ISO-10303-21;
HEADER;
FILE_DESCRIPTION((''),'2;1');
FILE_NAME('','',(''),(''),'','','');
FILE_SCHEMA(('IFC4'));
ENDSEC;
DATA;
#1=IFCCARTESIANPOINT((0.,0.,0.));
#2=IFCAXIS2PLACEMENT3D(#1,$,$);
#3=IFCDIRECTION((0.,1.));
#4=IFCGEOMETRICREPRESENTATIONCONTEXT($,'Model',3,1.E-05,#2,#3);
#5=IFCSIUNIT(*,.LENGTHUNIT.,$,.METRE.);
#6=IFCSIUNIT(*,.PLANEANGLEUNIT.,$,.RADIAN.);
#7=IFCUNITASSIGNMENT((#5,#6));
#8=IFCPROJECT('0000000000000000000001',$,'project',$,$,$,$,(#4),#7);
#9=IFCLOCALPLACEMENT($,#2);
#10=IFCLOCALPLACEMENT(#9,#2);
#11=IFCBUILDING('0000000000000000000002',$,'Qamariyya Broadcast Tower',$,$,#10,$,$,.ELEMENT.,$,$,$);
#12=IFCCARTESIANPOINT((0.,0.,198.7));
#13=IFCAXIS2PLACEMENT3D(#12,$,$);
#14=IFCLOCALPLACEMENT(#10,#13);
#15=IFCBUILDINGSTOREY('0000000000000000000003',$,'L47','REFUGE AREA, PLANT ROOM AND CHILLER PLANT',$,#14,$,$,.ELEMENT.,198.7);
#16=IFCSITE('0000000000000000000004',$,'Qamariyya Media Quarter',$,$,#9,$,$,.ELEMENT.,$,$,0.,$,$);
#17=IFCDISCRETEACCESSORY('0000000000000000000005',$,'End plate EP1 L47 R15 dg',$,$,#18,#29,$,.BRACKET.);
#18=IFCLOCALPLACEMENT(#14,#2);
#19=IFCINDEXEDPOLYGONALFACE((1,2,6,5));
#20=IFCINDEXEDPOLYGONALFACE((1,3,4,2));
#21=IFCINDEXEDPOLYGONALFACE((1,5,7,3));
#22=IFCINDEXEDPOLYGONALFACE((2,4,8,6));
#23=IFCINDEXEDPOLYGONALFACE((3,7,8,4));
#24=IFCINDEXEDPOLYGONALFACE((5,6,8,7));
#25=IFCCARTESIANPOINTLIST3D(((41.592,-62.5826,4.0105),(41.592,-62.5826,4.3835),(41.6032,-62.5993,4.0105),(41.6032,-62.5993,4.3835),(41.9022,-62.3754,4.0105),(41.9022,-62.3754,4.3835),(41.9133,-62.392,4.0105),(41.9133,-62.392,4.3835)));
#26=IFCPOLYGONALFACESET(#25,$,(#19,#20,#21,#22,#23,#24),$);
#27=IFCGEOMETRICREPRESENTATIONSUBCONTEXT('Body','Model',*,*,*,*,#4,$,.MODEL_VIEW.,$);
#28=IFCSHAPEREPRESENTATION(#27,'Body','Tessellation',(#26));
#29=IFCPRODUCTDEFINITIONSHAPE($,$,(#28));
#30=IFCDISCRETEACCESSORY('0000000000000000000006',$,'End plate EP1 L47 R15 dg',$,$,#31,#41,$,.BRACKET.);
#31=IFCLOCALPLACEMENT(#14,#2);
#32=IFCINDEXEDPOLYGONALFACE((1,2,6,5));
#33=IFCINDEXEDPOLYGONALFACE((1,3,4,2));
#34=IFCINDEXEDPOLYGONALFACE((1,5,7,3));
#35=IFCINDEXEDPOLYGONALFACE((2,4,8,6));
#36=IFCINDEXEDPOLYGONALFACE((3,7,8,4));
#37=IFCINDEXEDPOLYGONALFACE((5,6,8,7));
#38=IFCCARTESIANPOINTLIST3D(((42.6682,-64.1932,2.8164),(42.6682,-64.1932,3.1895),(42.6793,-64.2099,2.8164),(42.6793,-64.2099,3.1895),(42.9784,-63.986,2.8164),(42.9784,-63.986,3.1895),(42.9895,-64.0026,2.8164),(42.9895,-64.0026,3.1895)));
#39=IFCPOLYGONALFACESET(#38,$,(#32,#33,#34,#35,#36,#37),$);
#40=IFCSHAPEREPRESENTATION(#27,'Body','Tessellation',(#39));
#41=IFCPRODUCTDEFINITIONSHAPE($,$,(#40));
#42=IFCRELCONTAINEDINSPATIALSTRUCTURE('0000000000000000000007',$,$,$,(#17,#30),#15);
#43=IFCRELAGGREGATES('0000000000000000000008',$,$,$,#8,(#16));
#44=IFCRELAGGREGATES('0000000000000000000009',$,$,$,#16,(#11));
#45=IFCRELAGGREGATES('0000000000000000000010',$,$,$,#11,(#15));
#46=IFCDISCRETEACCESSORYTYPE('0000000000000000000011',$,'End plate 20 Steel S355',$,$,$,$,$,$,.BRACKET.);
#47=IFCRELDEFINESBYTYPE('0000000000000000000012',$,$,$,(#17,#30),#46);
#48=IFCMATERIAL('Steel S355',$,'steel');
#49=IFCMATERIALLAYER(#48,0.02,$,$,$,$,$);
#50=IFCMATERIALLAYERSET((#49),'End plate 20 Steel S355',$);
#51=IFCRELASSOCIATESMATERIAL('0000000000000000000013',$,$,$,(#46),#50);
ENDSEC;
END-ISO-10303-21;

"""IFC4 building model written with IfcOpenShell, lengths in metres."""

from ifc_helpers import new_model, si_unit, direction, frame, origin, origin_2d, place, context, subcontext, project, spatial, rectangle, extrude, material, layer, layer_set, type_object, element, save


model = new_model("IFC4")

# Units and contexts
model_context = context("Model", 3, precision=1e-05, world=origin(), true_north=direction((0.0, 1.0)))
body_context = subcontext(model_context, "Body", "Model", "MODEL_VIEW")
ifc_project = project(units=[si_unit("LENGTHUNIT", "METRE"), si_unit("PLANEANGLEUNIT", "RADIAN")], contexts=[model_context])

# Site, building, storey
site_placement = place(None, origin())
site = spatial("IfcSite", under=ifc_project, at=site_placement, Name="Qamariyya Media Quarter", CompositionType="ELEMENT", RefElevation=0.0)
building_placement = place(site_placement, origin())
building = spatial("IfcBuilding", under=site, at=building_placement, Name="Qamariyya Broadcast Tower", CompositionType="ELEMENT")
storey_placement = place(building_placement, frame((0.0, 0.0, 198.7)))
storey = spatial("IfcBuildingStorey", under=building, at=storey_placement, Name="L47", Description="REFUGE AREA, PLANT ROOM AND CHILLER PLANT", CompositionType="ELEMENT", Elevation=198.7)

# Shared definitions
ifc_material_1 = material(Name="Steel S355", Category="steel")

# Discrete accessories
ifc_layer_1 = layer(ifc_material_1, 0.02)
ifc_layer_set_1 = layer_set([ifc_layer_1], Name="End plate 20 Steel S355")
discrete_accessory_type_1 = type_object("IfcDiscreteAccessoryType", Name="End plate 20 Steel S355", PredefinedType="BRACKET", material=ifc_layer_set_1)
for number, where, z_axis, x_axis, name in (
    (1, (41.7527, -62.4873, 4.0105), (0.0, 0.0, 1.0), (-0.83147, -0.55557, 0.0), "End plate EP1 L47 R15 dg"),
    (2, (42.8289, -64.0979, 2.8164), (0.0, 0.0, 1.0), (-0.83147, -0.55557, 0.0), "End plate EP1 L47 R15 dg"),
):
    element("IfcDiscreteAccessory", number, at=place(storey_placement, frame(where, z_axis=z_axis, x_axis=x_axis)), inside=storey, type_object=discrete_accessory_type_1, Name=name, PredefinedType="BRACKET", context=body_context, shape_type="SweptSolid", body=[
        extrude(rectangle(XDim=0.373, YDim=0.02, at=origin_2d()), origin(), (0.0, 0.0, 1.0), 0.373),
    ])

save(model, "model.ifc")
